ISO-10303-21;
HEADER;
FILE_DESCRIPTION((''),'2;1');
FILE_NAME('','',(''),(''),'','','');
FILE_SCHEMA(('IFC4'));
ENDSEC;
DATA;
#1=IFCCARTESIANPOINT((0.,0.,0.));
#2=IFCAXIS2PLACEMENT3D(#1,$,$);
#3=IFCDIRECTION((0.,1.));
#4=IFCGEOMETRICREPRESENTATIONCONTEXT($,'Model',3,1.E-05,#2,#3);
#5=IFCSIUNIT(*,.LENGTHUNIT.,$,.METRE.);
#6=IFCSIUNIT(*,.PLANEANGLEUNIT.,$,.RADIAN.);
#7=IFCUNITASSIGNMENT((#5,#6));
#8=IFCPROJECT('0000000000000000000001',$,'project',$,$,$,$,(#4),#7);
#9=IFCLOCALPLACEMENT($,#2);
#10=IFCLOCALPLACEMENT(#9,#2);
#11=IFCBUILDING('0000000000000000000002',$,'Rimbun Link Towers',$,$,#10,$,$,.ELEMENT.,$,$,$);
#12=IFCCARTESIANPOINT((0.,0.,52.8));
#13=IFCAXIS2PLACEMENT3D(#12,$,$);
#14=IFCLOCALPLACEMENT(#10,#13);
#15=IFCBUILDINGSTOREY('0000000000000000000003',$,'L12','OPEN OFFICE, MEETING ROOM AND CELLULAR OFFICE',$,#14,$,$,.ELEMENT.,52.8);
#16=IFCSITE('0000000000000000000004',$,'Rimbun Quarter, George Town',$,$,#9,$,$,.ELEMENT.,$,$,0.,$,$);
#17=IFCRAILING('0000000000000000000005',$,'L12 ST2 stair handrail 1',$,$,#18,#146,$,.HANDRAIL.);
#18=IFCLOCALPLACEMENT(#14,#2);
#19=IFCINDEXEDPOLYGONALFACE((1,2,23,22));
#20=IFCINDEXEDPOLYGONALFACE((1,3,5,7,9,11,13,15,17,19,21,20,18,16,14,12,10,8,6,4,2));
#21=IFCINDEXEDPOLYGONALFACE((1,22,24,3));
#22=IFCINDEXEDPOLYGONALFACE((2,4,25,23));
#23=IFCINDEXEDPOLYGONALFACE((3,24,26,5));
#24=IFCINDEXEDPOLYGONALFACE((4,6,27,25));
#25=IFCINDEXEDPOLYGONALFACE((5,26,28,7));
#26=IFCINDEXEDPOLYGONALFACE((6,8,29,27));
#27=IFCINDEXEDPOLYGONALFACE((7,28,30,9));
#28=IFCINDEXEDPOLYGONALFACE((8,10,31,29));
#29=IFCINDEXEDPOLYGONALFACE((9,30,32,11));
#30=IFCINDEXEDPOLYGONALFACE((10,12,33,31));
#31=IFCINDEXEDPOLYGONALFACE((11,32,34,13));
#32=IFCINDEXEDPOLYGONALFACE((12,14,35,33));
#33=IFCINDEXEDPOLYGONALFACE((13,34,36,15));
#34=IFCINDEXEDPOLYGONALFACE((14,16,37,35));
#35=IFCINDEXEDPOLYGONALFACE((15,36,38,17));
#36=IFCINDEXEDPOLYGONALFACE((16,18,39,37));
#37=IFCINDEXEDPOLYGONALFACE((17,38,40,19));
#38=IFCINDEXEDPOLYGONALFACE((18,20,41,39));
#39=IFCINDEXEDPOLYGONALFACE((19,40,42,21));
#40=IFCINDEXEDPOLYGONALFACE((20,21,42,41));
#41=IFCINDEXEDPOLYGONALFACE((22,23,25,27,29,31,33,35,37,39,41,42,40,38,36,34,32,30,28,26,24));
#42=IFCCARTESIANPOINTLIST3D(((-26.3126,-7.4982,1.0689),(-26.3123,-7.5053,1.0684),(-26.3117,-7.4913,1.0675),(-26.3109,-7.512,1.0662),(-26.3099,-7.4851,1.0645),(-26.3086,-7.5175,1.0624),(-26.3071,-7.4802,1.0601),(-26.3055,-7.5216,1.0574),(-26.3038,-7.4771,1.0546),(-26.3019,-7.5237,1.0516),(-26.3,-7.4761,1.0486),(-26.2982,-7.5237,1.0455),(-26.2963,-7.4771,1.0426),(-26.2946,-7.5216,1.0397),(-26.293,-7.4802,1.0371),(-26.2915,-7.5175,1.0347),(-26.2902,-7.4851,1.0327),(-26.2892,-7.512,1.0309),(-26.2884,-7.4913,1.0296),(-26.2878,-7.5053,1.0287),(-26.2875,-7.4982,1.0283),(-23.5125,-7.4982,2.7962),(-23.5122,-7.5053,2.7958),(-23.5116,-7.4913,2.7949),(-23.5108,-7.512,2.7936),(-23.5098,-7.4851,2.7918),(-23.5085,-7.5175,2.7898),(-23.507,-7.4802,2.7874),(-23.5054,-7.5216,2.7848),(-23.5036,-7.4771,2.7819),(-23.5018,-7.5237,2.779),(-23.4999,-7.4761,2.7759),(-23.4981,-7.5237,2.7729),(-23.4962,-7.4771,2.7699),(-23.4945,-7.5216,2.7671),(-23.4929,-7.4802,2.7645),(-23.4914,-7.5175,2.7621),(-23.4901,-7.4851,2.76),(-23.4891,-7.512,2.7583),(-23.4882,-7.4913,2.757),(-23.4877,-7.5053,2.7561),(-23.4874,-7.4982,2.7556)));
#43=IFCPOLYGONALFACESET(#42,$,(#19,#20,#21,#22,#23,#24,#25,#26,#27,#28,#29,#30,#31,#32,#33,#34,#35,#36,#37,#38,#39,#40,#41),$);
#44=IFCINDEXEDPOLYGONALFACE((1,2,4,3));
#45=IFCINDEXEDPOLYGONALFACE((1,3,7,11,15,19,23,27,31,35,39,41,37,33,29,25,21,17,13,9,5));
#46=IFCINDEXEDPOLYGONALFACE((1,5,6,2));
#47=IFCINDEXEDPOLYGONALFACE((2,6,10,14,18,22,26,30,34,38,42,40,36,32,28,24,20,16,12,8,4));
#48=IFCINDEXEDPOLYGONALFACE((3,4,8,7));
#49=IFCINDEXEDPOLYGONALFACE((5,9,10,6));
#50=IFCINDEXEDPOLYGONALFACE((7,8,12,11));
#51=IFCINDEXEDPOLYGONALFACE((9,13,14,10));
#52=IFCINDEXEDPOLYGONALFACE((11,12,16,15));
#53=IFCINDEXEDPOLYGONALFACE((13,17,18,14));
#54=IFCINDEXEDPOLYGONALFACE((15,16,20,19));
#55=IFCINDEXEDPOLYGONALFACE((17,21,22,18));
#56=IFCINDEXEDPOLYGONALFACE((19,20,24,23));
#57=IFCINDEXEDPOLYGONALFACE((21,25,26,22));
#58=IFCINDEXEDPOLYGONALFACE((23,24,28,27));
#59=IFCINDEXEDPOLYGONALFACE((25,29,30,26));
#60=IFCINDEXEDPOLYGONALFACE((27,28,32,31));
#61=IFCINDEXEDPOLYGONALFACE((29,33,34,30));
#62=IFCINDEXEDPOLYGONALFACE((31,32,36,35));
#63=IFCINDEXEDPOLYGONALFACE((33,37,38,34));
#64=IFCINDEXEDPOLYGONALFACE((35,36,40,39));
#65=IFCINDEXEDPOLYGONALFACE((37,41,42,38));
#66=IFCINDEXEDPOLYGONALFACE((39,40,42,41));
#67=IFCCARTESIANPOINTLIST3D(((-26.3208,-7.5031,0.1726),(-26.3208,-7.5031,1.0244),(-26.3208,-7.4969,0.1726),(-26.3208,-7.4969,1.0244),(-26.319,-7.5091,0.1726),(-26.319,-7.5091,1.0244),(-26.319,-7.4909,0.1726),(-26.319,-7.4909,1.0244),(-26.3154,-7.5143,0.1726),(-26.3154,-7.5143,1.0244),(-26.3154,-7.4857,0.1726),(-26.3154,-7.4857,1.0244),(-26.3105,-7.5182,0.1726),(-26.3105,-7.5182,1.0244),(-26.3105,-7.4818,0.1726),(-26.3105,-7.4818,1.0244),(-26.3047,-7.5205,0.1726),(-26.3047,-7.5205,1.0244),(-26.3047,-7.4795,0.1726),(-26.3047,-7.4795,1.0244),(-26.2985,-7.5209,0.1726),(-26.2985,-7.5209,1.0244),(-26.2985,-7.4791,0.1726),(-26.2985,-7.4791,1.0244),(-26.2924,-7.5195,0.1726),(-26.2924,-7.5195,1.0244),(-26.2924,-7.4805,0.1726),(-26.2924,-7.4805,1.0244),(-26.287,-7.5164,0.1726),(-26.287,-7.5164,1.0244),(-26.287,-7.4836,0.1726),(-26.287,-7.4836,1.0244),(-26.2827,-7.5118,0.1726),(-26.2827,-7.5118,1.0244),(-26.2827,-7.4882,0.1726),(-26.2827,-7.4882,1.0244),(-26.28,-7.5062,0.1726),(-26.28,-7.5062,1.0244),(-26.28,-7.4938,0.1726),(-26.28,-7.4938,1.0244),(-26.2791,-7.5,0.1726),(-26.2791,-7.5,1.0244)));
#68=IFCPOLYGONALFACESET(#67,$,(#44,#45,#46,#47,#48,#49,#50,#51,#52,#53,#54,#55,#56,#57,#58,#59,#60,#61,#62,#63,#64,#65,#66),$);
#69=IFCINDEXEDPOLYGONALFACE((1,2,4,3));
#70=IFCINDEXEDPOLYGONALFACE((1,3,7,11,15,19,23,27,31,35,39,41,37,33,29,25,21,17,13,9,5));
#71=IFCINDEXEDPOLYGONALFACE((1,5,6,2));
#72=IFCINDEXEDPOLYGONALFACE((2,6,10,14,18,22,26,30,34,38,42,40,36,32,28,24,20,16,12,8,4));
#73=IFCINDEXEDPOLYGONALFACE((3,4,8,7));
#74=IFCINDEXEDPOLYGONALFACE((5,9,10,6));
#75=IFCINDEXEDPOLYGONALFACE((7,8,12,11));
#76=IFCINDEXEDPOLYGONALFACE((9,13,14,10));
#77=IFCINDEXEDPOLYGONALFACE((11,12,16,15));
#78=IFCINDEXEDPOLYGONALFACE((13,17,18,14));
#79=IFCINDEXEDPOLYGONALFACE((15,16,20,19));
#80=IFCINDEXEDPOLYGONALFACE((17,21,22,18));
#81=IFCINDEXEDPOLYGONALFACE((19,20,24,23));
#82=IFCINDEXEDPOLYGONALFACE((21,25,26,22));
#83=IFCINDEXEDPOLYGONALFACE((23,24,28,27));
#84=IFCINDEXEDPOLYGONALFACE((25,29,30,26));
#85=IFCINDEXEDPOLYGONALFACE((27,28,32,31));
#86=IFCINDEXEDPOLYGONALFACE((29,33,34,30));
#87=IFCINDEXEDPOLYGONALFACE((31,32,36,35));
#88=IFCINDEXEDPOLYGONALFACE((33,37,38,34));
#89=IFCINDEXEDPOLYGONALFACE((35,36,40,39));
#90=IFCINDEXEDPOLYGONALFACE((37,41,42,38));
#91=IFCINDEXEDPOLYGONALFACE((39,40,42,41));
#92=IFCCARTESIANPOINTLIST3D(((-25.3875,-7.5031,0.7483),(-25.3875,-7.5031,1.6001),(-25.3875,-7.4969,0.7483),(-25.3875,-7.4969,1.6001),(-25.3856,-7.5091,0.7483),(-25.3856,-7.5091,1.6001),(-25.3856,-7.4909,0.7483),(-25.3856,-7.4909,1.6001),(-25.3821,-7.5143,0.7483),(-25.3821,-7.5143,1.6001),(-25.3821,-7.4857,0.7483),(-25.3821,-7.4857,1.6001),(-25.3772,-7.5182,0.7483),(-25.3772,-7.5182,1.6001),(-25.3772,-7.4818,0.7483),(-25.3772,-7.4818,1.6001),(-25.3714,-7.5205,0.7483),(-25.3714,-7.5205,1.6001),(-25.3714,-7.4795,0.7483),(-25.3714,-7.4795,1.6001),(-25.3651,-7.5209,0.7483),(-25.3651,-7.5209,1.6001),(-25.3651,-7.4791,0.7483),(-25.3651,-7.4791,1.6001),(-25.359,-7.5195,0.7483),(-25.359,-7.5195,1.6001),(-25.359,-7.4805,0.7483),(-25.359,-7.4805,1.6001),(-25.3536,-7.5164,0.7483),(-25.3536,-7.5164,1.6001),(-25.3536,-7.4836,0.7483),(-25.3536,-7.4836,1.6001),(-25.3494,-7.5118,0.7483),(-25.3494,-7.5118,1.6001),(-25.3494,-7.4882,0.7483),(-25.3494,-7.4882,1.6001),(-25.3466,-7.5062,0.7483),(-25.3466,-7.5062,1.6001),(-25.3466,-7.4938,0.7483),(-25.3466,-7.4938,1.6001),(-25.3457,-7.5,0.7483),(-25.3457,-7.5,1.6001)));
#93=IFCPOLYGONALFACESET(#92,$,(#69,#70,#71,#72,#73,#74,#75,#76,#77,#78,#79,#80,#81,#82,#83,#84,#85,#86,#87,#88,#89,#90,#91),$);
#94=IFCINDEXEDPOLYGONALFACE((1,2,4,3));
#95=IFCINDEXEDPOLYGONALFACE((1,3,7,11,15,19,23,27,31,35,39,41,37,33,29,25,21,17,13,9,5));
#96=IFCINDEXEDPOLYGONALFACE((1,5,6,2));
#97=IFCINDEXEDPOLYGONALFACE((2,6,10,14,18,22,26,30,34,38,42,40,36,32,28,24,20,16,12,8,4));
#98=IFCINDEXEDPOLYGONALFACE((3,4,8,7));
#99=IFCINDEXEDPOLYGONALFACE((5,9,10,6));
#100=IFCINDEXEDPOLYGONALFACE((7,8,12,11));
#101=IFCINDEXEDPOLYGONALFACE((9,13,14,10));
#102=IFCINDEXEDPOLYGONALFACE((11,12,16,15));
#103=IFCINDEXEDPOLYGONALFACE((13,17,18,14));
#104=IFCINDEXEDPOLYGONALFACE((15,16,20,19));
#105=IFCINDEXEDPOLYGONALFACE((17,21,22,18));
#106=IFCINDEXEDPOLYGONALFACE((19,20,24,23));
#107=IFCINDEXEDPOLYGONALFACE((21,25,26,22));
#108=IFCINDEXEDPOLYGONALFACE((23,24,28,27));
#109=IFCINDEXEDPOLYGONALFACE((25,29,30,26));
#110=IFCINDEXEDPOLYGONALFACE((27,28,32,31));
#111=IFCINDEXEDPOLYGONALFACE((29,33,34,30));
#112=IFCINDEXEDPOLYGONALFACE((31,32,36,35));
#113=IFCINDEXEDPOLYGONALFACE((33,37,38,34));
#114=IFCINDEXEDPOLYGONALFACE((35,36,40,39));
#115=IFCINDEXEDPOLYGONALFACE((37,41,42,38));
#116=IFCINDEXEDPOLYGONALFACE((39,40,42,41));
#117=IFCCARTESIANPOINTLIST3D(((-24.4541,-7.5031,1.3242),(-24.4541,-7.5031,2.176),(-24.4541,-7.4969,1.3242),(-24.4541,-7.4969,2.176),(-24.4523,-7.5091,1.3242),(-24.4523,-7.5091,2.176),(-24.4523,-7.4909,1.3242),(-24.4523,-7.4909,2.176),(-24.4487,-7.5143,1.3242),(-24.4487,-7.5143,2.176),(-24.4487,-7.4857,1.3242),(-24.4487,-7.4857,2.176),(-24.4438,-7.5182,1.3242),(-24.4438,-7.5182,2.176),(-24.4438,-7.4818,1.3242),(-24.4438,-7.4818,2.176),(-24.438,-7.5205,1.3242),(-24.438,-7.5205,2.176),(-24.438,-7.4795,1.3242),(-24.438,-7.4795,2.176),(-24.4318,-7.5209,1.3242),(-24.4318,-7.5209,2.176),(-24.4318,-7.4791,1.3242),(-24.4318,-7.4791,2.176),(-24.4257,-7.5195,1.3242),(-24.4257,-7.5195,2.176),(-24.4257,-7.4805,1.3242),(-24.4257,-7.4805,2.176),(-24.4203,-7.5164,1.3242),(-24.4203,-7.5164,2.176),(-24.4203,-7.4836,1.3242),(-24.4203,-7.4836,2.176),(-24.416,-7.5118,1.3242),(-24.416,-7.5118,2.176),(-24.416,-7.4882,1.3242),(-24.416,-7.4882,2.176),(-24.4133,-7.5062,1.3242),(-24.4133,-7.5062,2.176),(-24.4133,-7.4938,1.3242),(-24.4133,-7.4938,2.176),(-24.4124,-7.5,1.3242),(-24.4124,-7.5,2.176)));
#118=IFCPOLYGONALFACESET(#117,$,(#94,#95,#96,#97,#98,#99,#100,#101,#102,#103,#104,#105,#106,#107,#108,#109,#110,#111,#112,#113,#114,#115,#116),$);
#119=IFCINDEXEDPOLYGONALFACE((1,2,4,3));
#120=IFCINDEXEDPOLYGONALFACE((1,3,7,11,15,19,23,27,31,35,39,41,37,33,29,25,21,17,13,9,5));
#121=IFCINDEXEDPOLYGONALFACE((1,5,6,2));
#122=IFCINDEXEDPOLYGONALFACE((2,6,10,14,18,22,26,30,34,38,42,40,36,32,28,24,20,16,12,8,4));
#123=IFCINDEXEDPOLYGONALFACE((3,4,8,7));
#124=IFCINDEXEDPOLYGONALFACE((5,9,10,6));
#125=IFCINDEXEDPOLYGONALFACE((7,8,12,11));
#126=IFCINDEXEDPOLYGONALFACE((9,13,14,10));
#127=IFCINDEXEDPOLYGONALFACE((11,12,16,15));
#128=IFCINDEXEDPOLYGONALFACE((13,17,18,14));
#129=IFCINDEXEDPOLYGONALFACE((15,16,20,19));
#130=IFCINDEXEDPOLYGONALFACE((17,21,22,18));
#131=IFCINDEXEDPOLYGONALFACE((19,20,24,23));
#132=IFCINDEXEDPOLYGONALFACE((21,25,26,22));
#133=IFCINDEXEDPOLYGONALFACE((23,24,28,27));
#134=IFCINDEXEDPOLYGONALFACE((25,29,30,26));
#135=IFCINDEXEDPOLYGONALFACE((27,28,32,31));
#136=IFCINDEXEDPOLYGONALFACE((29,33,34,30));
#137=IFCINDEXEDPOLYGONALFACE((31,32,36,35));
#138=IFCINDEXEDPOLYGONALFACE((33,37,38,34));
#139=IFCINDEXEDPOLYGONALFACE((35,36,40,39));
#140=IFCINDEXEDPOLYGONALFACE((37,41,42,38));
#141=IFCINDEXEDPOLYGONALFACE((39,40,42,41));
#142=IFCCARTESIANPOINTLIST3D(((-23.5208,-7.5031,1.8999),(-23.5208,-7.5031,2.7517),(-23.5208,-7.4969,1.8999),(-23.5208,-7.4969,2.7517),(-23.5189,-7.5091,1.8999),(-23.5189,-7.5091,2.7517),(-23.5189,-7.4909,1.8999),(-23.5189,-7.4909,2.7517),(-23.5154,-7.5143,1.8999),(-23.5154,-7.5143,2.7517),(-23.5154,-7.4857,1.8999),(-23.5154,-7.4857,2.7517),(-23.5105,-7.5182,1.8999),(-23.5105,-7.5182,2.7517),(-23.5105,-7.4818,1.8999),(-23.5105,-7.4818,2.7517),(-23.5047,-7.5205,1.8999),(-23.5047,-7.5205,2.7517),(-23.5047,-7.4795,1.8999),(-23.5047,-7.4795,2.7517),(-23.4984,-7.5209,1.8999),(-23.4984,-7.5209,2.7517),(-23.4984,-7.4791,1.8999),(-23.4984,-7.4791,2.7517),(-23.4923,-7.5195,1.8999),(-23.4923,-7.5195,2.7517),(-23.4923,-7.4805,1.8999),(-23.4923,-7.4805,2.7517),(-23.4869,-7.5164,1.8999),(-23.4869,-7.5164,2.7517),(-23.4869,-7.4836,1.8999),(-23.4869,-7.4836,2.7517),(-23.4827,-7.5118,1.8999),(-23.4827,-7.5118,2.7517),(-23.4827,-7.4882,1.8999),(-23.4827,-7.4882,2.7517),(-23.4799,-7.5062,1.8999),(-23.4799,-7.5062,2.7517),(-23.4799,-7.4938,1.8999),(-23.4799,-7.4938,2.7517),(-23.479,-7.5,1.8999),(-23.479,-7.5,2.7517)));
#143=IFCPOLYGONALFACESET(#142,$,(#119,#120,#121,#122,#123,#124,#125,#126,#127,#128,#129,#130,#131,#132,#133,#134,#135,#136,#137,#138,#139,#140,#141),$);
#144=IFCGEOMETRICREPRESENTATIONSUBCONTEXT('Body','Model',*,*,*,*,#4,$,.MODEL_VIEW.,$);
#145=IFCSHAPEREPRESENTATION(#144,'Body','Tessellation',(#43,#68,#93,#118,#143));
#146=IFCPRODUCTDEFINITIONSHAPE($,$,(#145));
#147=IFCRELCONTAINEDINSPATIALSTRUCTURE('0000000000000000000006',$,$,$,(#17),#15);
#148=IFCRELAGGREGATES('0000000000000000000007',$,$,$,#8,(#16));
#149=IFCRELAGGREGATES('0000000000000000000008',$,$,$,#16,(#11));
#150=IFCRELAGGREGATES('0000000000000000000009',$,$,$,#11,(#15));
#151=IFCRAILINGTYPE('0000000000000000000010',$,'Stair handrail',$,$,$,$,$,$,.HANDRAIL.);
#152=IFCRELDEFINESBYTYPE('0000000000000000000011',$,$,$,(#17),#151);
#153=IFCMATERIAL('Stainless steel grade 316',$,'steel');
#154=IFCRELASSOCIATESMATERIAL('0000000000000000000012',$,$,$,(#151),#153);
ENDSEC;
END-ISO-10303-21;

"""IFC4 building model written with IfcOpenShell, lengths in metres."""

from ifc_helpers import new_model, si_unit, direction, frame, origin, origin_2d, place, context, subcontext, project, spatial, circle, extrude, material, type_object, element, save


model = new_model("IFC4")

# Units and contexts
model_context = context("Model", 3, precision=1e-05, world=origin(), true_north=direction((0.0, 1.0)))
body_context = subcontext(model_context, "Body", "Model", "MODEL_VIEW")
ifc_project = project(units=[si_unit("LENGTHUNIT", "METRE"), si_unit("PLANEANGLEUNIT", "RADIAN")], contexts=[model_context])

# Site, building, storey
site_placement = place(None, origin())
site = spatial("IfcSite", under=ifc_project, at=site_placement, Name="Rimbun Quarter, George Town", CompositionType="ELEMENT", RefElevation=0.0)
building_placement = place(site_placement, origin())
building = spatial("IfcBuilding", under=site, at=building_placement, Name="Rimbun Link Towers", CompositionType="ELEMENT")
storey_placement = place(building_placement, frame((0.0, 0.0, 52.8)))
storey = spatial("IfcBuildingStorey", under=building, at=storey_placement, Name="L12", Description="OPEN OFFICE, MEETING ROOM AND CELLULAR OFFICE", CompositionType="ELEMENT", Elevation=52.8)

# Railing
ifc_material_1 = material(Name="Stainless steel grade 316", Category="steel")
railing_type_1 = type_object("IfcRailingType", Name="Stair handrail", PredefinedType="HANDRAIL", material=ifc_material_1)
railing_1_placement = place(storey_placement, frame((-26.3, -7.5, 0.1726)))
element("IfcRailing", 1, at=railing_1_placement, inside=storey, type_object=railing_type_1, Name="L12 ST2 stair handrail 1", PredefinedType="HANDRAIL", context=body_context, shape_type="SweptSolid", body=[
    extrude(circle(Radius=0.0239, at=origin_2d()), frame((0.0, 0.0, 0.876), z_axis=(0.85109, 0.0, 0.52502), x_axis=(0.0, 1.0, 0.0)), (0.0, 0.0, 1.0), 3.29),
    extrude(circle(Radius=0.021, at=origin_2d()), origin(), (0.0, 0.0, 1.0), 0.8518),
    extrude(circle(Radius=0.021, at=origin_2d()), frame((0.9333, 0.0, 0.5757)), (0.0, 0.0, 1.0), 0.8518),
    extrude(circle(Radius=0.021, at=origin_2d()), frame((1.8667, 0.0, 1.1516)), (0.0, 0.0, 1.0), 0.8518),
    extrude(circle(Radius=0.021, at=origin_2d()), frame((2.8, 0.0, 1.7273)), (0.0, 0.0, 1.0), 0.8518),
])

save(model, "model.ifc")
